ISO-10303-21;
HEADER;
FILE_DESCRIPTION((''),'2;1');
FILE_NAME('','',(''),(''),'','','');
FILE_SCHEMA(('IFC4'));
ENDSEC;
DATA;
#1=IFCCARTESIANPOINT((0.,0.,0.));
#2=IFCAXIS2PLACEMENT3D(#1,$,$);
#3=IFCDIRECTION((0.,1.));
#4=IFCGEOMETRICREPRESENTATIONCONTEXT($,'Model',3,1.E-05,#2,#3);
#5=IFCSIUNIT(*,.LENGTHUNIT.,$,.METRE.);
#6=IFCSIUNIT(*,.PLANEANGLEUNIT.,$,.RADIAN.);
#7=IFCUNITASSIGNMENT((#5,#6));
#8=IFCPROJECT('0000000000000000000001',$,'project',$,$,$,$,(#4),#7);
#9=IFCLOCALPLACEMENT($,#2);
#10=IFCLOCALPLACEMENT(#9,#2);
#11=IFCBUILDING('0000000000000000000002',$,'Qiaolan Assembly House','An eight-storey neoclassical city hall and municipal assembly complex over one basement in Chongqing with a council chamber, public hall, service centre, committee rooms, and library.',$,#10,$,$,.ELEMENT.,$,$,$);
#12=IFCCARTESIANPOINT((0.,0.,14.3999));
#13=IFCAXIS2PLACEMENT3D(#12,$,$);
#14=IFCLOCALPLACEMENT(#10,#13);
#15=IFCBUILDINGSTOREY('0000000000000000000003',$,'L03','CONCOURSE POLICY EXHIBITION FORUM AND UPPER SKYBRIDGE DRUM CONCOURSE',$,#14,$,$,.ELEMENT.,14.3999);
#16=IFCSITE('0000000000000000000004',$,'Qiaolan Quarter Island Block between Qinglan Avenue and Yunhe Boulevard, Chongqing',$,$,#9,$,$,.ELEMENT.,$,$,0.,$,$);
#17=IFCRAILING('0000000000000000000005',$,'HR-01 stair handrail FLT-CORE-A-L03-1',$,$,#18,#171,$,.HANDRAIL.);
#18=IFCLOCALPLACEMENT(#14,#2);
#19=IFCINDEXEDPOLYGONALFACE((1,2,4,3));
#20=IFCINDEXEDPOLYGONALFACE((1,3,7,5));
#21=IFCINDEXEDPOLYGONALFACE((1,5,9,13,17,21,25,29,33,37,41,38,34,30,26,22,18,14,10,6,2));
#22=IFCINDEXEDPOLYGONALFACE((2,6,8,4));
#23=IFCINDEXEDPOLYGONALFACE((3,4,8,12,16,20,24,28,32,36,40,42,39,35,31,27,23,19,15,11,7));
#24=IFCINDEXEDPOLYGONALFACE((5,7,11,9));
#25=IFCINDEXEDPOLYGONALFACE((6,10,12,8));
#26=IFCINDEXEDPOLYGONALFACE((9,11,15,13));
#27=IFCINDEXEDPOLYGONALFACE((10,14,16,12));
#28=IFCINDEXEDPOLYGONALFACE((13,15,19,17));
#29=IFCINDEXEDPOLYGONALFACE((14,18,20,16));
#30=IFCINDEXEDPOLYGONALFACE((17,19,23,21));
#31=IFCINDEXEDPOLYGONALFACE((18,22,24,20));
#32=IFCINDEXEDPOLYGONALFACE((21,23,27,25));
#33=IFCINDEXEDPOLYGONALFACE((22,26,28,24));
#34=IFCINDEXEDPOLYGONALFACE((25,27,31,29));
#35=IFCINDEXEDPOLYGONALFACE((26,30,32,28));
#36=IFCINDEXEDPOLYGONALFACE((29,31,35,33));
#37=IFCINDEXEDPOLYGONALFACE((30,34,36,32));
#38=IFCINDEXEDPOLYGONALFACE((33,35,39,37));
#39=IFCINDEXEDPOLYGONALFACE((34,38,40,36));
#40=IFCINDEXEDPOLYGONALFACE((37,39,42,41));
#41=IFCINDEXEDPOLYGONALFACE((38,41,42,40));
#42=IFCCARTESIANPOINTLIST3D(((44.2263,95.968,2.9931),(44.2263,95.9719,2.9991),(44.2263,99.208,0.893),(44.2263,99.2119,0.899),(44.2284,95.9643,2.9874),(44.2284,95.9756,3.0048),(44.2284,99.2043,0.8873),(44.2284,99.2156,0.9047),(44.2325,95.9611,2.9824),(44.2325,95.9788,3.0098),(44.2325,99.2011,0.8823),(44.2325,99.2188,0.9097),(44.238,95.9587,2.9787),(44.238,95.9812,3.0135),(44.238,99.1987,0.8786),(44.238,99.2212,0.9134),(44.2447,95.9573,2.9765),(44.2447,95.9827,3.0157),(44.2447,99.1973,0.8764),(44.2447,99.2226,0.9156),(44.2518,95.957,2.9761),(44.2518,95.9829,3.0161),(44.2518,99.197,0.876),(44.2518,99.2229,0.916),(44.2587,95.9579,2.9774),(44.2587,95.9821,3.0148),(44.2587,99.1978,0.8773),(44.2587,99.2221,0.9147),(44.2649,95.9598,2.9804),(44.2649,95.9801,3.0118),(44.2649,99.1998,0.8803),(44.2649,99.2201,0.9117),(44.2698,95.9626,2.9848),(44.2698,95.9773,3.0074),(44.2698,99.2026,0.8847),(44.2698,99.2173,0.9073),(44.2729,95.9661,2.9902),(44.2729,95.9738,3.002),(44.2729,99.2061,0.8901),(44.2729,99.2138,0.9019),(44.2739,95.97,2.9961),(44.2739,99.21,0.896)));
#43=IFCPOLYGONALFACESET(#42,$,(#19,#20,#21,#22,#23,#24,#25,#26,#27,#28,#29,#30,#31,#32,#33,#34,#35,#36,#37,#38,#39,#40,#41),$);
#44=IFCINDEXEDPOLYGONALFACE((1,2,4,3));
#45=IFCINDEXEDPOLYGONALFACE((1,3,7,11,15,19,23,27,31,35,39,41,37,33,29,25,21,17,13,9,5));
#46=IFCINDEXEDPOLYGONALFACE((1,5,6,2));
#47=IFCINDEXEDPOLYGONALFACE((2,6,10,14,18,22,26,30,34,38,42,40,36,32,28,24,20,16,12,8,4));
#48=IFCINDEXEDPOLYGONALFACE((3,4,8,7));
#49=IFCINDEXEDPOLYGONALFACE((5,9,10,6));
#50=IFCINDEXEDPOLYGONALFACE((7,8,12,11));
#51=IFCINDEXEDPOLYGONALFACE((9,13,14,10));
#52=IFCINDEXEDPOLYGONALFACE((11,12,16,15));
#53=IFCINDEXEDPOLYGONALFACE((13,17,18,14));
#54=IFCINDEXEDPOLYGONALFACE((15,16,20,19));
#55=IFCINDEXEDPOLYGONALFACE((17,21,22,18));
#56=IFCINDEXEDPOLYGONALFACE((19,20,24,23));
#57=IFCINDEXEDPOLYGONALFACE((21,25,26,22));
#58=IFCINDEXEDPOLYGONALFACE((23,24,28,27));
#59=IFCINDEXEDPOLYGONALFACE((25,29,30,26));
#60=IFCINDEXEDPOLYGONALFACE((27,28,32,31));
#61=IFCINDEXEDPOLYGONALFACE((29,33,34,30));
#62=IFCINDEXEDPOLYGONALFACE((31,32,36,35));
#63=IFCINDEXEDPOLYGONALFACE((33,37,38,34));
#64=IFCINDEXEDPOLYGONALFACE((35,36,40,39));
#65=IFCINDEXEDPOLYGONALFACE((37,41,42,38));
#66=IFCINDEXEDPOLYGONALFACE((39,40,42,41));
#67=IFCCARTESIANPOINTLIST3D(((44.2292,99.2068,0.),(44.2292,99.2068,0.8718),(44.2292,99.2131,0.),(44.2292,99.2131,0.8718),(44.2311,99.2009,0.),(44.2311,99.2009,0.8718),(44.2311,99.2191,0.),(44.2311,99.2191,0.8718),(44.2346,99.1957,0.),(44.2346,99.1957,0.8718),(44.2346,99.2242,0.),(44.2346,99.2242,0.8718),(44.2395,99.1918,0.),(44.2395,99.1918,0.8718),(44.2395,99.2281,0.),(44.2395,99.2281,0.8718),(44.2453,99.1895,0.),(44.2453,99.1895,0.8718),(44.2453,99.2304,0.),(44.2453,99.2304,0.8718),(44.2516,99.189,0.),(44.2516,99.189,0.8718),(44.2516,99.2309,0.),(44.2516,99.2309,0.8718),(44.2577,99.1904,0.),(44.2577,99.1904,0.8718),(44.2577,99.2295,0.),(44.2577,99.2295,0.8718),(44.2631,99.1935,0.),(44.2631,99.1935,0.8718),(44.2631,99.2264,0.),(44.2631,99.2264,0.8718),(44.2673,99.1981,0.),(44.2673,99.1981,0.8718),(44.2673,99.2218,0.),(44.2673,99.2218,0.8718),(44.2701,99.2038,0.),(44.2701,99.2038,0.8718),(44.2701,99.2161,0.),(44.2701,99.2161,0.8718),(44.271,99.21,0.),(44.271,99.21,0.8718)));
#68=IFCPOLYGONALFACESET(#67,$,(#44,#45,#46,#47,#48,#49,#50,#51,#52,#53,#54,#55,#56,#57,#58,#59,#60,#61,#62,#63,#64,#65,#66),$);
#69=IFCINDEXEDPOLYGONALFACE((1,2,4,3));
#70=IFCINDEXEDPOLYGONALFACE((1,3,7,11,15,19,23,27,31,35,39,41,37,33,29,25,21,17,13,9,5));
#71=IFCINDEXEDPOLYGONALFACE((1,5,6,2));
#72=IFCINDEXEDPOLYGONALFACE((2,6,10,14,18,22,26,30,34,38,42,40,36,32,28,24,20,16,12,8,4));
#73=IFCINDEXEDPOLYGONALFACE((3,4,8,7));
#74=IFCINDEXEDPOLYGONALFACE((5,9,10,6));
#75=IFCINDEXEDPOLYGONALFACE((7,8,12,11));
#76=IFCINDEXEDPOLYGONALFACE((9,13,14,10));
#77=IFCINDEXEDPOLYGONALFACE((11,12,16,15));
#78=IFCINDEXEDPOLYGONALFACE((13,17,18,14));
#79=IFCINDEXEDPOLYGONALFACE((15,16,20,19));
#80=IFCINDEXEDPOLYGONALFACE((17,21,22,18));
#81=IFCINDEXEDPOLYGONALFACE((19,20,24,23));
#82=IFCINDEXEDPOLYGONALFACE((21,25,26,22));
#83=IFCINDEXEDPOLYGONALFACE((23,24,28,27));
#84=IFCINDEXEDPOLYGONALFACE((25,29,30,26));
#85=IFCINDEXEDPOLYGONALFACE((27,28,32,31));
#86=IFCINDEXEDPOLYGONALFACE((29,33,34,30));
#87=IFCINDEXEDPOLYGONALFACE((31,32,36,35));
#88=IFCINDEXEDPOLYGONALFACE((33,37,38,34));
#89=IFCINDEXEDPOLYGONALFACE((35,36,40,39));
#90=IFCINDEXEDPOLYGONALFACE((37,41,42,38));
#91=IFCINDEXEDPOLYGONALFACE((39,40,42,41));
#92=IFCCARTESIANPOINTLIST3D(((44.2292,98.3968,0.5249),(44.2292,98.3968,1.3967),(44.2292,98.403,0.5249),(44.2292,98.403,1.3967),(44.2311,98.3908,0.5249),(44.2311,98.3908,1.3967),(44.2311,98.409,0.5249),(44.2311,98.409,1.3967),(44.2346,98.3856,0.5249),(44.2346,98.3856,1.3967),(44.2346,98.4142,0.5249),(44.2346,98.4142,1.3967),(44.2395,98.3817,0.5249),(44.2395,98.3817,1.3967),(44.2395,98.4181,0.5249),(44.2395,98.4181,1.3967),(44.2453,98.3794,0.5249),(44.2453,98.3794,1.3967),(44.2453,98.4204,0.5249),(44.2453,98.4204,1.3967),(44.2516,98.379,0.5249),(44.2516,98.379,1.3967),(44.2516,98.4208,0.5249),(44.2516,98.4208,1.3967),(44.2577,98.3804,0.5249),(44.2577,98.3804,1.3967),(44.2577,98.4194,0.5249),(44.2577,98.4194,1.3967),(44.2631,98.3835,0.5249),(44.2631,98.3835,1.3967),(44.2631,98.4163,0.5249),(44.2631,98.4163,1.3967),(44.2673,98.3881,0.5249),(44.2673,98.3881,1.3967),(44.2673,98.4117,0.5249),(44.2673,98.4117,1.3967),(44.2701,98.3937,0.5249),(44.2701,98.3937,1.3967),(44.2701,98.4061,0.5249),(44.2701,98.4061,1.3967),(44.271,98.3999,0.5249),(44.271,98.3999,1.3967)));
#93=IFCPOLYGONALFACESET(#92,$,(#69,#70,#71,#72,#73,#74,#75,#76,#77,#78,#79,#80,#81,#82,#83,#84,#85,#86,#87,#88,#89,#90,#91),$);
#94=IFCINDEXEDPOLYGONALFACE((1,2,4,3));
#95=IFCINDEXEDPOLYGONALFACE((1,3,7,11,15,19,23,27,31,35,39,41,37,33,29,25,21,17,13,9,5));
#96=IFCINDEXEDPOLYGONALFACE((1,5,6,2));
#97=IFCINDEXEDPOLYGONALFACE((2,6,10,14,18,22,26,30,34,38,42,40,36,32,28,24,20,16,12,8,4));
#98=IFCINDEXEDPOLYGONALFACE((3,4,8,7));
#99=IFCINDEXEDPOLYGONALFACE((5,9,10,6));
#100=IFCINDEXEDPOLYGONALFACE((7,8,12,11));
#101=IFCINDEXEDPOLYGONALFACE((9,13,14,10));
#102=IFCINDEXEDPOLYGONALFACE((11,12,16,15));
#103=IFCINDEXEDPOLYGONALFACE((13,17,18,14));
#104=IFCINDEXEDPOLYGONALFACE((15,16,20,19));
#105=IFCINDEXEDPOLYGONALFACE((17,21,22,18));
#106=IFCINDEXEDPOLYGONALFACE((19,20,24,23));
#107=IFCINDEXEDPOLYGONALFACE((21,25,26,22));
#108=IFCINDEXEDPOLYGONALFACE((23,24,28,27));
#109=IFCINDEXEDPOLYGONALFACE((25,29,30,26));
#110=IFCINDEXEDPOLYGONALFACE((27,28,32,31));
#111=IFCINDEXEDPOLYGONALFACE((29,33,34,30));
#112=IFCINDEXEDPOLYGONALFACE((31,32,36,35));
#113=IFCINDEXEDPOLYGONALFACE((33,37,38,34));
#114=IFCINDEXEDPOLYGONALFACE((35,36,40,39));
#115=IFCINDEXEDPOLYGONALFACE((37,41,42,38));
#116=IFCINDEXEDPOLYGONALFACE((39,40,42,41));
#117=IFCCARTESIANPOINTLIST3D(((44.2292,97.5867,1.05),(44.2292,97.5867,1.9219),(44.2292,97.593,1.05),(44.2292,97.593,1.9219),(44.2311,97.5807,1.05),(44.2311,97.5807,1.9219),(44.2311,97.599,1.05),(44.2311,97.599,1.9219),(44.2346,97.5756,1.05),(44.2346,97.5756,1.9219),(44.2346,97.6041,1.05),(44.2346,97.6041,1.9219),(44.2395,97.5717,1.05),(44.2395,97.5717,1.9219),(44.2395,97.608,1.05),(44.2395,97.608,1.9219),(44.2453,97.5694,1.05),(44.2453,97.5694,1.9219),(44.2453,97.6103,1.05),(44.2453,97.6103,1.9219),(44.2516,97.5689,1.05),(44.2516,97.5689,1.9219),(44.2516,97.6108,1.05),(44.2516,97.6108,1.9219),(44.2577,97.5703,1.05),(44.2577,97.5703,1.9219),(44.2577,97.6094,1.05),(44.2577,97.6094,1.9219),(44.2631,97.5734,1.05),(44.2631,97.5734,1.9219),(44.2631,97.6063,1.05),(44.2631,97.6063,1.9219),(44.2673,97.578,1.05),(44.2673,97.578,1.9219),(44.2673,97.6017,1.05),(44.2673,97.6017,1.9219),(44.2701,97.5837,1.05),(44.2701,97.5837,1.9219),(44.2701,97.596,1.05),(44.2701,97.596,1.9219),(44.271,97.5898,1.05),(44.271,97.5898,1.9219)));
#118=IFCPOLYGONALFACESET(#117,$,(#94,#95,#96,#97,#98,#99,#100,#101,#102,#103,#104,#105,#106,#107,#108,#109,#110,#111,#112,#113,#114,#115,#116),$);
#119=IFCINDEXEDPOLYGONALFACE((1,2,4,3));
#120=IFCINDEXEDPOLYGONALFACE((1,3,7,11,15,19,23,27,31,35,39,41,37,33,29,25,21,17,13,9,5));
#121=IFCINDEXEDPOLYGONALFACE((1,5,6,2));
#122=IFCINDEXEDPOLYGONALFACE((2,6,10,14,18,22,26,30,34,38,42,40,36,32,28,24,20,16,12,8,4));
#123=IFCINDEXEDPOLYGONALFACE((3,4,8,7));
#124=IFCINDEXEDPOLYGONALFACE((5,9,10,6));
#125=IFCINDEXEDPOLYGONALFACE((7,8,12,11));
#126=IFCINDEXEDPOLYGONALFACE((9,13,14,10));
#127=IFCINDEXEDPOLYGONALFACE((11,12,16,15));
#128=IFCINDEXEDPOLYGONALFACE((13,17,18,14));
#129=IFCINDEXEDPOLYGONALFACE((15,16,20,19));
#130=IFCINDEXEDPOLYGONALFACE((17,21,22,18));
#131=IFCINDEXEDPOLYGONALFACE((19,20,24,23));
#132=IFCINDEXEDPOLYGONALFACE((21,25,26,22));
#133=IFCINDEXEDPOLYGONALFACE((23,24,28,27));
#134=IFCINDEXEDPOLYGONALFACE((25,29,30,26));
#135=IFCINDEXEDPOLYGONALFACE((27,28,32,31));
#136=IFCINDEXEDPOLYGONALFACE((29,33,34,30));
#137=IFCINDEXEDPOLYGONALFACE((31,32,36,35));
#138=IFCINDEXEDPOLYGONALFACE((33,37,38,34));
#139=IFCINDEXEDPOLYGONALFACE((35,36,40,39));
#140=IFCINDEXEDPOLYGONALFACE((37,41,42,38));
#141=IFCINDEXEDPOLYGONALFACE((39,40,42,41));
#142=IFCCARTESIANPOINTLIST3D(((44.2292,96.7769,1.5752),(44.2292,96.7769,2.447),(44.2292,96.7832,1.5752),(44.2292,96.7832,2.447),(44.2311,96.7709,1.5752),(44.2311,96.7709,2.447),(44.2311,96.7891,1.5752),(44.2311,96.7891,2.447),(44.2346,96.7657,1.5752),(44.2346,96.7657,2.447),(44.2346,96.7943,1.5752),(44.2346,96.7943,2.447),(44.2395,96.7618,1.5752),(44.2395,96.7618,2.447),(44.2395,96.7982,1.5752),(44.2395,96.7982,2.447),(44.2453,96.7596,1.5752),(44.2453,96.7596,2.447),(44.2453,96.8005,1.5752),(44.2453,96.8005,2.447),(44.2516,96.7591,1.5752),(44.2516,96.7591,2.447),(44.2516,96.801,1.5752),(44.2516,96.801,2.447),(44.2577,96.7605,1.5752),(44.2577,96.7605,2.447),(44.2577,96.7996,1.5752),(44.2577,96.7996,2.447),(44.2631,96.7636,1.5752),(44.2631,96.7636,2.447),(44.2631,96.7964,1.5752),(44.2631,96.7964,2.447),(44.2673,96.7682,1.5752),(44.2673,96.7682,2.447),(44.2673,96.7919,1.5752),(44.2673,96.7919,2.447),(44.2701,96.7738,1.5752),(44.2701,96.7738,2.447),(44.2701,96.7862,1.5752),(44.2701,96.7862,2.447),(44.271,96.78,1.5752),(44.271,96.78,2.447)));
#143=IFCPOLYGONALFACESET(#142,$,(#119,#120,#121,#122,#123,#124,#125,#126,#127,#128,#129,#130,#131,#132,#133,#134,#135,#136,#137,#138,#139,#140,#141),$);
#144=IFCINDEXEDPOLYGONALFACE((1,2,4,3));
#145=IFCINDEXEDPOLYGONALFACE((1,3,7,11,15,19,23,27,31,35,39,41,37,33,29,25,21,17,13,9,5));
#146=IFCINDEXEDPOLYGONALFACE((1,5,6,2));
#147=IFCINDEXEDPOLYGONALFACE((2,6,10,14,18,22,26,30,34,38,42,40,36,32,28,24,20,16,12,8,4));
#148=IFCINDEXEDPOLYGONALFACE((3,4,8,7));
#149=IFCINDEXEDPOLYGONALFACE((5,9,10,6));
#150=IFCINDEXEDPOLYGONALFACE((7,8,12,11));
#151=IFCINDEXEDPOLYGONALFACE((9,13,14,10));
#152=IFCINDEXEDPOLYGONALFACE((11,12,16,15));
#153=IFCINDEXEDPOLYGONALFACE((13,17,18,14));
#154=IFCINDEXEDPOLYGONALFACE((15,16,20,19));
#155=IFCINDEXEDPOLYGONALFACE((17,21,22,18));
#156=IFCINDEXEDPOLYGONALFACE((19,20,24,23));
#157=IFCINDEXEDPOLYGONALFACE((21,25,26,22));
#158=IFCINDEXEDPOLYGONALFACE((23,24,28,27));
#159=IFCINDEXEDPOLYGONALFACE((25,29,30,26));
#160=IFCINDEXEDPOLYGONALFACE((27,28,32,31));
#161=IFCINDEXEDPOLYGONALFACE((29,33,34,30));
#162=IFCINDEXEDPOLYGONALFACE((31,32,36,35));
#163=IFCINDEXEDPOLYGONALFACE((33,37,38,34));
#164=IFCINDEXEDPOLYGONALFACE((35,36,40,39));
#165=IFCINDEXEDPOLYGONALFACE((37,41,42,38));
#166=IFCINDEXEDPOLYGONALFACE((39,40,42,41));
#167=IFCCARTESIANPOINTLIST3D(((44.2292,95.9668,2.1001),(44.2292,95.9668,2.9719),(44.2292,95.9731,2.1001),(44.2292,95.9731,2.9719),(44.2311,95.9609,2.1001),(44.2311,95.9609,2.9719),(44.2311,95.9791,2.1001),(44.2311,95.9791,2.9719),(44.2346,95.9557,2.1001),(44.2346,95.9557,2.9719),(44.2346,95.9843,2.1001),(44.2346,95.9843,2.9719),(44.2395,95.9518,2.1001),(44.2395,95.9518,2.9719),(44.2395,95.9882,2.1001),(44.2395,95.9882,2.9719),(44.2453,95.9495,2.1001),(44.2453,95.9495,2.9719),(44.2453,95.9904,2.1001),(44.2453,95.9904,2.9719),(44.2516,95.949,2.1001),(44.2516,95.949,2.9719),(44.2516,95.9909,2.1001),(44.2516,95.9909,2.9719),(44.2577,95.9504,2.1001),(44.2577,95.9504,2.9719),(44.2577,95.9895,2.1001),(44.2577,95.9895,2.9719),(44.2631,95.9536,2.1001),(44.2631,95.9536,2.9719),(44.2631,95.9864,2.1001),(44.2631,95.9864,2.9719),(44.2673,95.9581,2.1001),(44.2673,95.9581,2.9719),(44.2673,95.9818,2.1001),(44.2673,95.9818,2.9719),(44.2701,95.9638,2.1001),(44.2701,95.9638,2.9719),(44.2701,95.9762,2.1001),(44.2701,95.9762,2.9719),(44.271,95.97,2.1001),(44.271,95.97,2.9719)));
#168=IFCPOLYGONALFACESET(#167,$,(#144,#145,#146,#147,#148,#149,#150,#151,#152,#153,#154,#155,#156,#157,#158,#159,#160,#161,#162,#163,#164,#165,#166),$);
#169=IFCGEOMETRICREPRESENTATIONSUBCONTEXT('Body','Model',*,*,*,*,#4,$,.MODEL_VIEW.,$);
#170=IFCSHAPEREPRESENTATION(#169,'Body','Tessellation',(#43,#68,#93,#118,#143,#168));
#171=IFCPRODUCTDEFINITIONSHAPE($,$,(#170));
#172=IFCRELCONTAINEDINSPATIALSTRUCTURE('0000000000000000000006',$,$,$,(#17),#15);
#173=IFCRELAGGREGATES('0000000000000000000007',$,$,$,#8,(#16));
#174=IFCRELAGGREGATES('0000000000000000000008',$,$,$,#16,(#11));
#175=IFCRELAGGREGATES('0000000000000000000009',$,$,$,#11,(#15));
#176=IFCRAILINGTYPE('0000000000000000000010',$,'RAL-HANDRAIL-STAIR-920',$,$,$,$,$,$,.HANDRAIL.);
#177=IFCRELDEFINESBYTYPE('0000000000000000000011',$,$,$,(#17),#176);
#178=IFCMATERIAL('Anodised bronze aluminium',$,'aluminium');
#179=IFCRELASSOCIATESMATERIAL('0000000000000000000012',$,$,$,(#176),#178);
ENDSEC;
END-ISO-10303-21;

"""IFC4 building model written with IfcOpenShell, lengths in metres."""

from ifc_helpers import new_model, si_unit, direction, frame, origin, origin_2d, place, context, subcontext, project, spatial, circle, extrude, material, type_object, element, save


model = new_model("IFC4")

# Units and contexts
model_context = context("Model", 3, precision=1e-05, world=origin(), true_north=direction((0.0, 1.0)))
body_context = subcontext(model_context, "Body", "Model", "MODEL_VIEW")
ifc_project = project(units=[si_unit("LENGTHUNIT", "METRE"), si_unit("PLANEANGLEUNIT", "RADIAN")], contexts=[model_context])

# Site, building, storey
site_placement = place(None, origin())
site = spatial("IfcSite", under=ifc_project, at=site_placement, Name="Qiaolan Quarter Island Block between Qinglan Avenue and Yunhe Boulevard, Chongqing", CompositionType="ELEMENT", RefElevation=0.0)
building_placement = place(site_placement, origin())
building = spatial("IfcBuilding", under=site, at=building_placement, Name="Qiaolan Assembly House", Description="An eight-storey neoclassical city hall and municipal assembly complex over one basement in Chongqing with a council chamber, public hall, service centre, committee rooms, and library.", CompositionType="ELEMENT")
storey_placement = place(building_placement, frame((0.0, 0.0, 14.3999)))
storey = spatial("IfcBuildingStorey", under=building, at=storey_placement, Name="L03", Description="CONCOURSE POLICY EXHIBITION FORUM AND UPPER SKYBRIDGE DRUM CONCOURSE", CompositionType="ELEMENT", Elevation=14.3999)

# Railing
ifc_material_1 = material(Name="Anodised bronze aluminium", Category="aluminium")
railing_type_1 = type_object("IfcRailingType", Name="RAL-HANDRAIL-STAIR-920", PredefinedType="HANDRAIL", material=ifc_material_1)
railing_1_placement = place(storey_placement, frame((44.25, 99.21, 0.0)))
element("IfcRailing", 1, at=railing_1_placement, inside=storey, type_object=railing_type_1, Name="HR-01 stair handrail FLT-CORE-A-L03-1", PredefinedType="HANDRAIL", context=body_context, shape_type="SweptSolid", body=[
    extrude(circle(Radius=0.0239, at=origin_2d()), frame((0.0, 0.0, 0.896), z_axis=(0.0, -0.839141, 0.543914), x_axis=(1.0, 0.0, 0.0)), (0.0, 0.0, 1.0), 3.8611),
    extrude(circle(Radius=0.021, at=origin_2d()), origin(), (0.0, 0.0, 1.0), 0.8718),
    extrude(circle(Radius=0.021, at=origin_2d()), frame((0.0, -0.8101, 0.5249)), (0.0, 0.0, 1.0), 0.8718),
    extrude(circle(Radius=0.021, at=origin_2d()), frame((0.0, -1.6201, 1.05)), (0.0, 0.0, 1.0), 0.8718),
    extrude(circle(Radius=0.021, at=origin_2d()), frame((0.0, -2.4299, 1.5752)), (0.0, 0.0, 1.0), 0.8718),
    extrude(circle(Radius=0.021, at=origin_2d()), frame((0.0, -3.24, 2.1001)), (0.0, 0.0, 1.0), 0.8718),
])

save(model, "model.ifc")
